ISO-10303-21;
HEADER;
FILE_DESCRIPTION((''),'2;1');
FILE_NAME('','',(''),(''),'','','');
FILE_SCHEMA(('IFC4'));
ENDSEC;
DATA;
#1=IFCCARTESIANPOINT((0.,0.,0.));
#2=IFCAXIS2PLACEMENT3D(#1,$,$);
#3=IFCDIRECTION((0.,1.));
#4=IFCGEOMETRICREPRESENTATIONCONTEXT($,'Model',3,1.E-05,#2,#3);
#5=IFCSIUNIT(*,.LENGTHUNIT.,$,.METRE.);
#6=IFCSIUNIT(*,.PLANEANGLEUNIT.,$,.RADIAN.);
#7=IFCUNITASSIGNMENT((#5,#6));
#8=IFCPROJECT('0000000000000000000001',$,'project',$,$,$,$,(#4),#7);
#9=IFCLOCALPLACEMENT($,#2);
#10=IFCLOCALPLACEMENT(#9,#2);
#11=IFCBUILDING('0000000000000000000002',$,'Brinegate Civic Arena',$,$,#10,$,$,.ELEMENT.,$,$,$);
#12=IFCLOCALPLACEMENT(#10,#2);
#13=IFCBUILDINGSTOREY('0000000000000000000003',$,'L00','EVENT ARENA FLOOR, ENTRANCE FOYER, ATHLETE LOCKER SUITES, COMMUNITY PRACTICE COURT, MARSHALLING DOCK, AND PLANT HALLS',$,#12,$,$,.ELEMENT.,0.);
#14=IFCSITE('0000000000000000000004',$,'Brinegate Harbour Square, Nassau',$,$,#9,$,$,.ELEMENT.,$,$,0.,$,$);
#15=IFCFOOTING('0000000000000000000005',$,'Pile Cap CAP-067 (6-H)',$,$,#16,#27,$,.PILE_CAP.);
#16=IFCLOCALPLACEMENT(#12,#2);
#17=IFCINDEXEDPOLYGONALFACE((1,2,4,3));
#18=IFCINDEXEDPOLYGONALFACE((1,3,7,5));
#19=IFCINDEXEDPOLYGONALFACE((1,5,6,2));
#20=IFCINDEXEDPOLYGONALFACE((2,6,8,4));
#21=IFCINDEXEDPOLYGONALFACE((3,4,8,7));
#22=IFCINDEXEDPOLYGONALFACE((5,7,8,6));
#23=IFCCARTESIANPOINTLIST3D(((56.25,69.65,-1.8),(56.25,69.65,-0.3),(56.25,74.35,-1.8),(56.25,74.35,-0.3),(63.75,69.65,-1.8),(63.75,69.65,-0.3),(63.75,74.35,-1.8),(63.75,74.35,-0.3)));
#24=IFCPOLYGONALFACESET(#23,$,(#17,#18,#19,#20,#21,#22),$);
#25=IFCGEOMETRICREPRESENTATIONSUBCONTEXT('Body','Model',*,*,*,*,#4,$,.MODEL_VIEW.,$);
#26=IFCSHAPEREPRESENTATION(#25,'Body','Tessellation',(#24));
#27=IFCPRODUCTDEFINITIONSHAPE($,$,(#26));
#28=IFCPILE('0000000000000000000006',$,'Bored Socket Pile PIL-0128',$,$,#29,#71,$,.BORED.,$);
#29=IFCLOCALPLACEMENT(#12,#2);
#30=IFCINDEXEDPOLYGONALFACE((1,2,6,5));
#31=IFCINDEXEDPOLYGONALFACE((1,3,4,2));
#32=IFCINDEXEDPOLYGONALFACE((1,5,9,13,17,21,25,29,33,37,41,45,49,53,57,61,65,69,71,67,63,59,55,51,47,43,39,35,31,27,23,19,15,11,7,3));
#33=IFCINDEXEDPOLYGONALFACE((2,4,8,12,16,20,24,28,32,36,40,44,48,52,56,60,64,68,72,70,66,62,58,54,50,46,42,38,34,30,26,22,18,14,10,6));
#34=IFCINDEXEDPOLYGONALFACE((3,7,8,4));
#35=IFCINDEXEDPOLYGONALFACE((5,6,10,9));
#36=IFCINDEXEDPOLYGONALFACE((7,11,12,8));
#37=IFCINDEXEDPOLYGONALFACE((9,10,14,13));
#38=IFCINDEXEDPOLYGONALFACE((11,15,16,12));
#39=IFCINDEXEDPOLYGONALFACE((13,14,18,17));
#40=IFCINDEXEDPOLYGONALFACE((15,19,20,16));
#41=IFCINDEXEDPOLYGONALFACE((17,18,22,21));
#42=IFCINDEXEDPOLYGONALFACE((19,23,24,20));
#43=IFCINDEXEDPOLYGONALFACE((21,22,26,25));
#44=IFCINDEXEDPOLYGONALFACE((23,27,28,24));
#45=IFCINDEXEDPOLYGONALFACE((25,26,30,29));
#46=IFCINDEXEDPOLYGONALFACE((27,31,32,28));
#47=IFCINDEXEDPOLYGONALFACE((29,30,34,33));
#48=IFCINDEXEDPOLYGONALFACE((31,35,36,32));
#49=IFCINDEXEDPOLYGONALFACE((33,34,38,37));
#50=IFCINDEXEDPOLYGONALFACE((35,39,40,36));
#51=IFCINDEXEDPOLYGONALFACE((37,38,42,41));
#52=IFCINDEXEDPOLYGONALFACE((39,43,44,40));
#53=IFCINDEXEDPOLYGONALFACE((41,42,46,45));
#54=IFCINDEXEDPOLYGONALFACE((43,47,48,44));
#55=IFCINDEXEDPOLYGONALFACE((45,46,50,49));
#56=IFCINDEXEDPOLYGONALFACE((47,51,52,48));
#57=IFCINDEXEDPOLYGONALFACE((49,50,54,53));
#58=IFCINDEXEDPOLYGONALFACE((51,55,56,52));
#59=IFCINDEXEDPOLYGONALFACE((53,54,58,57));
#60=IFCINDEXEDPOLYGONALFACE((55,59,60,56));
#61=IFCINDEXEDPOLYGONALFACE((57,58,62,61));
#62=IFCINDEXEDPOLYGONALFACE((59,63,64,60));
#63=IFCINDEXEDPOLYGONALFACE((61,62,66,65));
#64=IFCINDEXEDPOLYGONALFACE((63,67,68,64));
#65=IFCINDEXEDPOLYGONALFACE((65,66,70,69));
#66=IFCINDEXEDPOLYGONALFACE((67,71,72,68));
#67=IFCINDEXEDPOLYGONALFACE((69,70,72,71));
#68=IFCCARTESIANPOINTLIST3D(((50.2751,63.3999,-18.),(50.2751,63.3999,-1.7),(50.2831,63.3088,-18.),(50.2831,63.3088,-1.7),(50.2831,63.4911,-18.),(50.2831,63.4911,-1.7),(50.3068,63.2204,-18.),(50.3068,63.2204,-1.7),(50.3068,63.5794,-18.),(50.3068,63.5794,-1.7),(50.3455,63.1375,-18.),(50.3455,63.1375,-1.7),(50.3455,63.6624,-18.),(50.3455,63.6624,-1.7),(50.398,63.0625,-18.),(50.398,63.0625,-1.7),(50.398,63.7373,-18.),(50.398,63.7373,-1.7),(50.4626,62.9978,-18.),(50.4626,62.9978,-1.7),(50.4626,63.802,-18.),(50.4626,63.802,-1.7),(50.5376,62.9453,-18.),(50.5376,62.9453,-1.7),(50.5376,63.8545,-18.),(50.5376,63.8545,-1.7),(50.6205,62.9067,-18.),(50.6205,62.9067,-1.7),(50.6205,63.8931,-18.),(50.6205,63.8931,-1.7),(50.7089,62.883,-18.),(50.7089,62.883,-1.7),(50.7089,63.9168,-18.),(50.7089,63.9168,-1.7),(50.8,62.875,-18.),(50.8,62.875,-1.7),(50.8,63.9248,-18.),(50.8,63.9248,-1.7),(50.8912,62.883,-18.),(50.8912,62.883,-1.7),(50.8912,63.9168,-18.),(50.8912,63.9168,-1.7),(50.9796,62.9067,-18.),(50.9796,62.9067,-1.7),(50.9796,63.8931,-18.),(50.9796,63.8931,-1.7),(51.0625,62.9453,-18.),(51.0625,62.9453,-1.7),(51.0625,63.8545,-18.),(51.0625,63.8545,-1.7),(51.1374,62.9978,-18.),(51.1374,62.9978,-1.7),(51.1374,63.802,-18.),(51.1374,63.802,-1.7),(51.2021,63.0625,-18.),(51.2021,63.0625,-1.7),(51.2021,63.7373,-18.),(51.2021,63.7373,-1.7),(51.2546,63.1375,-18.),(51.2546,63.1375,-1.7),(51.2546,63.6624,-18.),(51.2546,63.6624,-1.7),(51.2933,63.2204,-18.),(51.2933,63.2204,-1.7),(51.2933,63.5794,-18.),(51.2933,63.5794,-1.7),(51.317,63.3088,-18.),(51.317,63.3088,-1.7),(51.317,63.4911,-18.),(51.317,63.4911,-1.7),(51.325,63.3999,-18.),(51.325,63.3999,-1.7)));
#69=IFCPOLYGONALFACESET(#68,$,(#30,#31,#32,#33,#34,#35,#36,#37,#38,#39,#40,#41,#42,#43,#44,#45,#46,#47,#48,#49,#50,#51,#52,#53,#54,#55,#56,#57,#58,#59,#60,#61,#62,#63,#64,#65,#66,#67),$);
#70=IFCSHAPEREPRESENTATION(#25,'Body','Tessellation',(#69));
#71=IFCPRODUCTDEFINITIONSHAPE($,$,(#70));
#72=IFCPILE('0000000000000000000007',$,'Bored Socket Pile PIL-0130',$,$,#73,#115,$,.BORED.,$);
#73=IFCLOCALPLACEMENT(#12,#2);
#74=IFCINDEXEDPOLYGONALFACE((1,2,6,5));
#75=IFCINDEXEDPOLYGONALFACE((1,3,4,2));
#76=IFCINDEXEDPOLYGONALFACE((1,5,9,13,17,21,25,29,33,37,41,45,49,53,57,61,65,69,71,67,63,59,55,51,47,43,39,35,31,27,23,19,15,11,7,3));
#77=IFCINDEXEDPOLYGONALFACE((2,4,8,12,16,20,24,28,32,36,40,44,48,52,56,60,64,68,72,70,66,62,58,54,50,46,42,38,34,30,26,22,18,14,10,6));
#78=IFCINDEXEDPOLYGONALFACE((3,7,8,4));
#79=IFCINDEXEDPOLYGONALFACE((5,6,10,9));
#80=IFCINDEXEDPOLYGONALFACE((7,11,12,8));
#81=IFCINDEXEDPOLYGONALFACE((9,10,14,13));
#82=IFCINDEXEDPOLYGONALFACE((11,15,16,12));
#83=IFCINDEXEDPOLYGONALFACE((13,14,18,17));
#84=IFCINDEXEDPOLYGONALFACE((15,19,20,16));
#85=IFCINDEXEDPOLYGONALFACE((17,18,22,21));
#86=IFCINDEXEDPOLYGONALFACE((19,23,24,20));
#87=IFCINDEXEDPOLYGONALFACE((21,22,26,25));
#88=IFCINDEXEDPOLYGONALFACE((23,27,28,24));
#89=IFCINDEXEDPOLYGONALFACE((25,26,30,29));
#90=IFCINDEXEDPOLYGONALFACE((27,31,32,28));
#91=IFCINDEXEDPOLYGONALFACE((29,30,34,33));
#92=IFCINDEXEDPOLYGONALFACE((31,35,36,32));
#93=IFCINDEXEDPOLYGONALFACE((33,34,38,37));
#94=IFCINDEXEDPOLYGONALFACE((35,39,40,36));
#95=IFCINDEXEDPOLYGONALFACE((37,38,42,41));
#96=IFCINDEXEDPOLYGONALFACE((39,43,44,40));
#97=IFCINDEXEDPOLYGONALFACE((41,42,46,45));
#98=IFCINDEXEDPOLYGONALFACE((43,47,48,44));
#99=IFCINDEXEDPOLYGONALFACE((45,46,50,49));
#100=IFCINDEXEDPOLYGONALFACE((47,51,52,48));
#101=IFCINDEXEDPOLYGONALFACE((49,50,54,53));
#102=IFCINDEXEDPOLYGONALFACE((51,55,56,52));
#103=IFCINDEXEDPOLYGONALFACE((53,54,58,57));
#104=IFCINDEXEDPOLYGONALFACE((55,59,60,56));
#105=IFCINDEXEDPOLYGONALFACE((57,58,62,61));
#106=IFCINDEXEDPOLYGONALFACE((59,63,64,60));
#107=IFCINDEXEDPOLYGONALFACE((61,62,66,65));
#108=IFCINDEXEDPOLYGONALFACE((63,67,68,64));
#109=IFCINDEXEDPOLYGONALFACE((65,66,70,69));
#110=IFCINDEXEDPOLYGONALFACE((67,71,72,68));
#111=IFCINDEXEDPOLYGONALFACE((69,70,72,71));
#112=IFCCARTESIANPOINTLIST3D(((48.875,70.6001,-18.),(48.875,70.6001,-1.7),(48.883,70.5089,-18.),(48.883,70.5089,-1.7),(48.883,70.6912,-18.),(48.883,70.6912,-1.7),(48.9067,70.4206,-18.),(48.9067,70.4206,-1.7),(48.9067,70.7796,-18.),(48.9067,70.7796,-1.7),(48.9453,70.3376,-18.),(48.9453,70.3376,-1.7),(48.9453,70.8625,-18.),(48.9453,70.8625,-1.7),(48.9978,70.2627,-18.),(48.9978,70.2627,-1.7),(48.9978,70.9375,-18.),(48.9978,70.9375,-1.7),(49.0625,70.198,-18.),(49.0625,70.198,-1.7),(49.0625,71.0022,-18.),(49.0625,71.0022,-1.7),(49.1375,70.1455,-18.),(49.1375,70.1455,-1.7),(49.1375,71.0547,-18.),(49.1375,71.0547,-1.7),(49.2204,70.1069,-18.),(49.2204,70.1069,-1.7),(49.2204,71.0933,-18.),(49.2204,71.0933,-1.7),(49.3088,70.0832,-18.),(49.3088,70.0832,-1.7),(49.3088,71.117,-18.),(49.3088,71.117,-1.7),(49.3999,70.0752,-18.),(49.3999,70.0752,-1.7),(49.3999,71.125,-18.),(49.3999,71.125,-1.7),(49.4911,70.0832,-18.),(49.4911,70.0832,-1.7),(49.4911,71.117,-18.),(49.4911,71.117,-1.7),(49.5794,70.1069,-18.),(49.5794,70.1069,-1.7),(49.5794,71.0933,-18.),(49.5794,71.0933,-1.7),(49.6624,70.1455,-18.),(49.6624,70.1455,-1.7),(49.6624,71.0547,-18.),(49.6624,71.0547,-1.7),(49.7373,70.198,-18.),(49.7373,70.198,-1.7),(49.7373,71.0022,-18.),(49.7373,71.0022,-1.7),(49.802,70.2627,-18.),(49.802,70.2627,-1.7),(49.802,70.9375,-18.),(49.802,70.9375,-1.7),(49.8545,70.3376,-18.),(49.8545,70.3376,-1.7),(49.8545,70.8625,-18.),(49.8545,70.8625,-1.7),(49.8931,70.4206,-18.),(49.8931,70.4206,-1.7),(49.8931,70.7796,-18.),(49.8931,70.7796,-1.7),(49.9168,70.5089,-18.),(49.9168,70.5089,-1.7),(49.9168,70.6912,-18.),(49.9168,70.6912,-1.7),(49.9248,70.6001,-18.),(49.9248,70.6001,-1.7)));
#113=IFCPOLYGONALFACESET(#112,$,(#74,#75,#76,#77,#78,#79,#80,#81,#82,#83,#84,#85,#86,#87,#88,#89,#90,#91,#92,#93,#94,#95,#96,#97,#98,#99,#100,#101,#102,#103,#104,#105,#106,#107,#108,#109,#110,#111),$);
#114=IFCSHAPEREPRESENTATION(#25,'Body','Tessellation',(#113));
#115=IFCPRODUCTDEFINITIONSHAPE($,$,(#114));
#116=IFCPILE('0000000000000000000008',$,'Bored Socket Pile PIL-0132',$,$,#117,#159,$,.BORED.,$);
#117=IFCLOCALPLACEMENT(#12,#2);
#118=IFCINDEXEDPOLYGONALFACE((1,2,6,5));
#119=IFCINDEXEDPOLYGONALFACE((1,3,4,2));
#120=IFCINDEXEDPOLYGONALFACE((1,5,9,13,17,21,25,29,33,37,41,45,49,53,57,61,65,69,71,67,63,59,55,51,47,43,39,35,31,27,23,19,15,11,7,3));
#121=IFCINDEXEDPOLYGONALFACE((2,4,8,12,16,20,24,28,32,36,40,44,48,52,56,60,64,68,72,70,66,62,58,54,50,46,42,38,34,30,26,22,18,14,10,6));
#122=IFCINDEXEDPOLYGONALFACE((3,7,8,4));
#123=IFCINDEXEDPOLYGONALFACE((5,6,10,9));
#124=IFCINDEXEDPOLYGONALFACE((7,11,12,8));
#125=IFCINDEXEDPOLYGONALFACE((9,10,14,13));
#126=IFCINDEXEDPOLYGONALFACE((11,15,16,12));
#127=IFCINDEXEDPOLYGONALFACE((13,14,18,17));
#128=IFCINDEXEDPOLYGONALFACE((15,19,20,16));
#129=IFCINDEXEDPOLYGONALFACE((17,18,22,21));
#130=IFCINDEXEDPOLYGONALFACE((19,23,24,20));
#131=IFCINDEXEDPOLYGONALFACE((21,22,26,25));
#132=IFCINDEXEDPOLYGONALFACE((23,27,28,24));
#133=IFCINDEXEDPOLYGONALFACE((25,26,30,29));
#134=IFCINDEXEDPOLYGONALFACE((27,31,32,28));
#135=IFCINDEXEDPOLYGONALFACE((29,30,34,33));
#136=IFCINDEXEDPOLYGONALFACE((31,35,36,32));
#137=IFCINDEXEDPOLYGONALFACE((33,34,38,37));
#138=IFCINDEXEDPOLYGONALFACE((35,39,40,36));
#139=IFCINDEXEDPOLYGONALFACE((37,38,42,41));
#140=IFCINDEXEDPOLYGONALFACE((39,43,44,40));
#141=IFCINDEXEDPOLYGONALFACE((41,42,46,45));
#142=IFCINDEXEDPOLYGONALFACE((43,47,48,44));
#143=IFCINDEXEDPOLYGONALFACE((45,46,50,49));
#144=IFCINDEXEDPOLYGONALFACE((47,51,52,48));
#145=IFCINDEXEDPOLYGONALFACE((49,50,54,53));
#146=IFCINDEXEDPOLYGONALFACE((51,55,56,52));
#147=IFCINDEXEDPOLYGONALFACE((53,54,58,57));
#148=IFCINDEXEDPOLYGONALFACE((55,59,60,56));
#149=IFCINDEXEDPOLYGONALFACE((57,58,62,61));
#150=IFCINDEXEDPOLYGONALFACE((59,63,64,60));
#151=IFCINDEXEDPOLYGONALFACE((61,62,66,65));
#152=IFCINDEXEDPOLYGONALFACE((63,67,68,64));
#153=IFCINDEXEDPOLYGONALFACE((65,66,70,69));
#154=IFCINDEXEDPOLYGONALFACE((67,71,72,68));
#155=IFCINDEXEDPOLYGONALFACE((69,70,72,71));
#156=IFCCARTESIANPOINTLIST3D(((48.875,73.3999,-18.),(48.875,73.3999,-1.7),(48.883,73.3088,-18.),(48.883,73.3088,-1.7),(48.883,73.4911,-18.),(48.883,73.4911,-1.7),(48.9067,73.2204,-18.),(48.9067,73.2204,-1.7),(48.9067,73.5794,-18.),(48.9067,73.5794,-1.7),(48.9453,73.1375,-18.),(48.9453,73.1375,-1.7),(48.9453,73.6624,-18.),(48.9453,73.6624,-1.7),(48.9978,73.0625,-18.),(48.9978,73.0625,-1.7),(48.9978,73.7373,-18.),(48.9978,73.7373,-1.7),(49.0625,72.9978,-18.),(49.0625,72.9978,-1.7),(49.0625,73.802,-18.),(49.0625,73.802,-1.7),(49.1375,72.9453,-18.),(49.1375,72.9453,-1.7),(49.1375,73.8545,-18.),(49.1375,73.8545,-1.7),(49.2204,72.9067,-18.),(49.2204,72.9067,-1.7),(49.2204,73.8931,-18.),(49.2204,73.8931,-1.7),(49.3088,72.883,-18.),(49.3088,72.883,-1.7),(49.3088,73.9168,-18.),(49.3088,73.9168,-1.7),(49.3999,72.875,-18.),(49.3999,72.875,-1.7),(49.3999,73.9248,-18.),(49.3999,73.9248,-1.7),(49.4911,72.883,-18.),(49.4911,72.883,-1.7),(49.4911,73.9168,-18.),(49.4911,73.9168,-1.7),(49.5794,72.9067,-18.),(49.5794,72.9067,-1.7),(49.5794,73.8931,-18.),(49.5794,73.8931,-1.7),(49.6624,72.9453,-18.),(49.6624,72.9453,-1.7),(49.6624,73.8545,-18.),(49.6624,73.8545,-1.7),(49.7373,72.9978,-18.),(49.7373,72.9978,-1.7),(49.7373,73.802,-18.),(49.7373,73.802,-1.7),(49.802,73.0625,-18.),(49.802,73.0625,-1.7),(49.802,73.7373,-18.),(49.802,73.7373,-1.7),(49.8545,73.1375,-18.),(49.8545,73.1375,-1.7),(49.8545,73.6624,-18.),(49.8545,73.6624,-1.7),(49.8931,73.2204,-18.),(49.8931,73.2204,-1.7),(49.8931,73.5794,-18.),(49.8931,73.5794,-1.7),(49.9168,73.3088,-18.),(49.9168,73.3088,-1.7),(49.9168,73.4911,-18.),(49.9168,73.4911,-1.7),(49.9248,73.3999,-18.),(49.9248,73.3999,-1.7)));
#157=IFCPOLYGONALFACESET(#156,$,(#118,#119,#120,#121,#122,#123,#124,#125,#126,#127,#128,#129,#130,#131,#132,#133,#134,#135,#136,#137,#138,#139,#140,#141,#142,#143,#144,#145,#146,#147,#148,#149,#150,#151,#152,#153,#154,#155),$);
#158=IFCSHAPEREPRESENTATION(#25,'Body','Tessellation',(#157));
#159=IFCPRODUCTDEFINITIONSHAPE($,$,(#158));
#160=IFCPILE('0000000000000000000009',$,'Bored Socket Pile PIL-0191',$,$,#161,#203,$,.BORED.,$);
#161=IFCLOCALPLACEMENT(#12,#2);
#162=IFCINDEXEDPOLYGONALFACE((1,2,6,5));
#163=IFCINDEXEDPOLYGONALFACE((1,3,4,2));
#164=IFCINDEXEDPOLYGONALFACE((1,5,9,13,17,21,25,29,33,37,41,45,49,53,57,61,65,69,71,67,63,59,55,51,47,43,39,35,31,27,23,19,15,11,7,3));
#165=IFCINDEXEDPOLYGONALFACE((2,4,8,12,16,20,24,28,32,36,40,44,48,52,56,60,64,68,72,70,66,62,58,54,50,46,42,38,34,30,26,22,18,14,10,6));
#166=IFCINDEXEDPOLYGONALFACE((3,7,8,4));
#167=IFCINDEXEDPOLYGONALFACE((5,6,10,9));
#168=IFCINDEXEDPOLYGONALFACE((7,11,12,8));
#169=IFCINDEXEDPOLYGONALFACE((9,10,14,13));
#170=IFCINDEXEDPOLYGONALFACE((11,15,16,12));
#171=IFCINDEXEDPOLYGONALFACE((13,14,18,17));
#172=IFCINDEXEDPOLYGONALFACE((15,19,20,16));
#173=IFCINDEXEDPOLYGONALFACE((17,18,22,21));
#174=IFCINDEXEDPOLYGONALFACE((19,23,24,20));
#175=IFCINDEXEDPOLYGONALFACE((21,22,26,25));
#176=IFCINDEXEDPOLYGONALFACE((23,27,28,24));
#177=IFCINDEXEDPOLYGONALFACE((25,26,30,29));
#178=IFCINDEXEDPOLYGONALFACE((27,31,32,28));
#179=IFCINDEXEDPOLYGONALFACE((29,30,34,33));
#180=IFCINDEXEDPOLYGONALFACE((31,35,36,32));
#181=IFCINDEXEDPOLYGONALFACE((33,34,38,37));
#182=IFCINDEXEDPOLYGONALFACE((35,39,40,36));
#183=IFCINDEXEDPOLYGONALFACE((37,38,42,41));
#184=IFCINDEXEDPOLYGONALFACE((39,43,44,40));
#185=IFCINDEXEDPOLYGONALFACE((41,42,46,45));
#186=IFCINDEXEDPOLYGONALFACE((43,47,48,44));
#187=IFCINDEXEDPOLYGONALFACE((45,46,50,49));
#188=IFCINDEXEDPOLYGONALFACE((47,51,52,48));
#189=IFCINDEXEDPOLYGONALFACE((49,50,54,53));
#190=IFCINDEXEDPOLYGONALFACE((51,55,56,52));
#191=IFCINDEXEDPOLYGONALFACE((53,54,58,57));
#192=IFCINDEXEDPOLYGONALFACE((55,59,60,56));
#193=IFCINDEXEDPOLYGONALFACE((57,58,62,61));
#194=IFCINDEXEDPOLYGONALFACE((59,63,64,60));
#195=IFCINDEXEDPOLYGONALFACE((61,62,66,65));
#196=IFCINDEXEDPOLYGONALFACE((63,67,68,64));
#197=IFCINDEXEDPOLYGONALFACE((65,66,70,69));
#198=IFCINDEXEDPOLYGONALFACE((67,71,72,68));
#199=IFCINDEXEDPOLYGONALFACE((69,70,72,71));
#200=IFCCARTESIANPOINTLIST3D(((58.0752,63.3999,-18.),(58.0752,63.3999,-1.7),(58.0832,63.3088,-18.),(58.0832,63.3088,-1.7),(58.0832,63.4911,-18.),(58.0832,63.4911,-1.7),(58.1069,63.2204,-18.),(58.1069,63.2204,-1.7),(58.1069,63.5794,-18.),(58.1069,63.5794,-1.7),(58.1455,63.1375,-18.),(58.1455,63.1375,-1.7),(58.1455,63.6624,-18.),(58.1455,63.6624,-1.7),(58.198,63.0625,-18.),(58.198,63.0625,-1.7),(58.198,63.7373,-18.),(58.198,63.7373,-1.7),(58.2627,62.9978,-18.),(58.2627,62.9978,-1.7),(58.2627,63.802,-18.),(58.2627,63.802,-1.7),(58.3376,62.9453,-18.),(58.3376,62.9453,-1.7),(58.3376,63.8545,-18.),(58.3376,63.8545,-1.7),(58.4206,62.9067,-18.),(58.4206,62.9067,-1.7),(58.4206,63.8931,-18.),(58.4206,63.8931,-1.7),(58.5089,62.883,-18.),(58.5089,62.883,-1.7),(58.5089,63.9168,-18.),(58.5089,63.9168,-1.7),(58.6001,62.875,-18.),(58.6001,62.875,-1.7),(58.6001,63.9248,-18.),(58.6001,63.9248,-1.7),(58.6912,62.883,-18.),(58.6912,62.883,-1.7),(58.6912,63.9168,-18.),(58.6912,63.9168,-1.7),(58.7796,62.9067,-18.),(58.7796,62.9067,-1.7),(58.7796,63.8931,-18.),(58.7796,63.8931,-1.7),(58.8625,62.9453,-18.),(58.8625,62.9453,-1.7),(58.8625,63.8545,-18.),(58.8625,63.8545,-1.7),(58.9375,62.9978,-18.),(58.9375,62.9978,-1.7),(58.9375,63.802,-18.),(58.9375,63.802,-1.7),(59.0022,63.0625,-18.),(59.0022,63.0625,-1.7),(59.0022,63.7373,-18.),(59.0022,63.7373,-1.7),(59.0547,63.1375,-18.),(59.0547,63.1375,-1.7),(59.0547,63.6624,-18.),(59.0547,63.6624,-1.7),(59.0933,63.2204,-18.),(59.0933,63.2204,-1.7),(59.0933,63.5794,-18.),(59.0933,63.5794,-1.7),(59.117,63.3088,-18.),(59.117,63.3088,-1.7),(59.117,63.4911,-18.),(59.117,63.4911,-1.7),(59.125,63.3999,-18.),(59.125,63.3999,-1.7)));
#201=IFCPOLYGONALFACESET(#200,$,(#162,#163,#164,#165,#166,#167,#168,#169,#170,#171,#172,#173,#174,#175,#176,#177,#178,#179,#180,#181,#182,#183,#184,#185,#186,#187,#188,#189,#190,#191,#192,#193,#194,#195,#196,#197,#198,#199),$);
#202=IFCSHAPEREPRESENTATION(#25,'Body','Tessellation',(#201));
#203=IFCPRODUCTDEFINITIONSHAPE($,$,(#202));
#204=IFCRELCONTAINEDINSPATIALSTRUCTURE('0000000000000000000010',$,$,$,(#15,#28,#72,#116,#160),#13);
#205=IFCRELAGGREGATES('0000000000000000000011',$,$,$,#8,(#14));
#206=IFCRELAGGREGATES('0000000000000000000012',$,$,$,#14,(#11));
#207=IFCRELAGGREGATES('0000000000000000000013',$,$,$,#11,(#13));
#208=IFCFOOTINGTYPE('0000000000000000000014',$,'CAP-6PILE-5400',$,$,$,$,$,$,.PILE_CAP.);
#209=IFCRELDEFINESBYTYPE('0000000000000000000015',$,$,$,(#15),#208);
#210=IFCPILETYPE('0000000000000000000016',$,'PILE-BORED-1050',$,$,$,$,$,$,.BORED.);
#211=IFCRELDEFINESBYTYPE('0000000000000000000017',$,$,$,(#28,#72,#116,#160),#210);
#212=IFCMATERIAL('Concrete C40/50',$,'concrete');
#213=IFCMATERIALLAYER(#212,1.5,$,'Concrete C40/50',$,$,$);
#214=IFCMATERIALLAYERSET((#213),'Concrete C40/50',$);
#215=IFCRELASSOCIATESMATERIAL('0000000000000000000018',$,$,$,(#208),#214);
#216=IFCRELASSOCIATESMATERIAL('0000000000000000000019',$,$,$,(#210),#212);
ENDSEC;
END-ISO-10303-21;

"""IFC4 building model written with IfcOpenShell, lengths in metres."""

from ifc_helpers import new_model, si_unit, direction, frame, origin, origin_2d, place, context, subcontext, project, spatial, rectangle, circle, extrude, material, layer, layer_set, material_profile, profile_set, type_object, element, save


model = new_model("IFC4")

# Units and contexts
model_context = context("Model", 3, precision=1e-05, world=origin(), true_north=direction((0.0, 1.0)))
body_context = subcontext(model_context, "Body", "Model", "MODEL_VIEW")
ifc_project = project(units=[si_unit("LENGTHUNIT", "METRE"), si_unit("PLANEANGLEUNIT", "RADIAN")], contexts=[model_context])

# Site, building, storey
site_placement = place(None, origin())
site = spatial("IfcSite", under=ifc_project, at=site_placement, Name="Brinegate Harbour Square, Nassau", CompositionType="ELEMENT", RefElevation=0.0)
building_placement = place(site_placement, origin())
building = spatial("IfcBuilding", under=site, at=building_placement, Name="Brinegate Civic Arena", CompositionType="ELEMENT")
storey_placement = place(building_placement, origin())
storey = spatial("IfcBuildingStorey", under=building, at=storey_placement, Name="L00", Description="EVENT ARENA FLOOR, ENTRANCE FOYER, ATHLETE LOCKER SUITES, COMMUNITY PRACTICE COURT, MARSHALLING DOCK, AND PLANT HALLS", CompositionType="ELEMENT", Elevation=0.0)

# Footing
ifc_material_1 = material(Name="Concrete C40/50", Category="concrete")
ifc_layer_1 = layer(ifc_material_1, 1.5, Name="Concrete C40/50")
ifc_layer_set_1 = layer_set([ifc_layer_1], Name="Concrete C40/50")
footing_type_1 = type_object("IfcFootingType", Name="CAP-6PILE-5400", PredefinedType="PILE_CAP", material=ifc_layer_set_1)
footing_1_placement = place(storey_placement, frame((60.0, 72.0, -1.8), z_axis=(0.0, 0.0, 1.0), x_axis=(1.0, 0.0, 0.0)))
element("IfcFooting", 1, at=footing_1_placement, inside=storey, type_object=footing_type_1, Name="Pile Cap CAP-067 (6-H)", PredefinedType="PILE_CAP", context=body_context, shape_type="SweptSolid", body=[
    extrude(rectangle(XDim=7.5, YDim=4.7, at=origin_2d()), origin(), (0.0, 0.0, 1.0), 1.5),
])

# Piles
ifc_material_profile_1 = material_profile(ifc_material_1, circle(Radius=0.5249, at=origin_2d()), Name="PILED1050")
ifc_profile_set_1 = profile_set([ifc_material_profile_1], Name="Concrete C40/50")
pile_type = type_object("IfcPileType", Name="PILE-BORED-1050", PredefinedType="BORED", material=ifc_profile_set_1)
for number, where, z_axis, x_axis, name in (
    (2, (50.8, 63.3999, -1.7), (0.0, 0.0, -1.0), (1.0, 0.0, 0.0), "Bored Socket Pile PIL-0128"),
    (3, (49.3999, 70.6001, -1.7), (0.0, 0.0, -1.0), (1.0, 0.0, 0.0), "Bored Socket Pile PIL-0130"),
    (4, (49.3999, 73.3999, -1.7), (0.0, 0.0, -1.0), (1.0, 0.0, 0.0), "Bored Socket Pile PIL-0132"),
    (5, (58.6001, 63.3999, -1.7), (0.0, 0.0, -1.0), (1.0, 0.0, 0.0), "Bored Socket Pile PIL-0191"),
):
    element("IfcPile", number, at=place(storey_placement, frame(where, z_axis=z_axis, x_axis=x_axis)), inside=storey, type_object=pile_type, Name=name, PredefinedType="BORED", context=body_context, shape_type="SweptSolid", body=[
        extrude(circle(Radius=0.5249, at=origin_2d()), origin(), (0.0, 0.0, 1.0), 16.3),
    ])

save(model, "model.ifc")
